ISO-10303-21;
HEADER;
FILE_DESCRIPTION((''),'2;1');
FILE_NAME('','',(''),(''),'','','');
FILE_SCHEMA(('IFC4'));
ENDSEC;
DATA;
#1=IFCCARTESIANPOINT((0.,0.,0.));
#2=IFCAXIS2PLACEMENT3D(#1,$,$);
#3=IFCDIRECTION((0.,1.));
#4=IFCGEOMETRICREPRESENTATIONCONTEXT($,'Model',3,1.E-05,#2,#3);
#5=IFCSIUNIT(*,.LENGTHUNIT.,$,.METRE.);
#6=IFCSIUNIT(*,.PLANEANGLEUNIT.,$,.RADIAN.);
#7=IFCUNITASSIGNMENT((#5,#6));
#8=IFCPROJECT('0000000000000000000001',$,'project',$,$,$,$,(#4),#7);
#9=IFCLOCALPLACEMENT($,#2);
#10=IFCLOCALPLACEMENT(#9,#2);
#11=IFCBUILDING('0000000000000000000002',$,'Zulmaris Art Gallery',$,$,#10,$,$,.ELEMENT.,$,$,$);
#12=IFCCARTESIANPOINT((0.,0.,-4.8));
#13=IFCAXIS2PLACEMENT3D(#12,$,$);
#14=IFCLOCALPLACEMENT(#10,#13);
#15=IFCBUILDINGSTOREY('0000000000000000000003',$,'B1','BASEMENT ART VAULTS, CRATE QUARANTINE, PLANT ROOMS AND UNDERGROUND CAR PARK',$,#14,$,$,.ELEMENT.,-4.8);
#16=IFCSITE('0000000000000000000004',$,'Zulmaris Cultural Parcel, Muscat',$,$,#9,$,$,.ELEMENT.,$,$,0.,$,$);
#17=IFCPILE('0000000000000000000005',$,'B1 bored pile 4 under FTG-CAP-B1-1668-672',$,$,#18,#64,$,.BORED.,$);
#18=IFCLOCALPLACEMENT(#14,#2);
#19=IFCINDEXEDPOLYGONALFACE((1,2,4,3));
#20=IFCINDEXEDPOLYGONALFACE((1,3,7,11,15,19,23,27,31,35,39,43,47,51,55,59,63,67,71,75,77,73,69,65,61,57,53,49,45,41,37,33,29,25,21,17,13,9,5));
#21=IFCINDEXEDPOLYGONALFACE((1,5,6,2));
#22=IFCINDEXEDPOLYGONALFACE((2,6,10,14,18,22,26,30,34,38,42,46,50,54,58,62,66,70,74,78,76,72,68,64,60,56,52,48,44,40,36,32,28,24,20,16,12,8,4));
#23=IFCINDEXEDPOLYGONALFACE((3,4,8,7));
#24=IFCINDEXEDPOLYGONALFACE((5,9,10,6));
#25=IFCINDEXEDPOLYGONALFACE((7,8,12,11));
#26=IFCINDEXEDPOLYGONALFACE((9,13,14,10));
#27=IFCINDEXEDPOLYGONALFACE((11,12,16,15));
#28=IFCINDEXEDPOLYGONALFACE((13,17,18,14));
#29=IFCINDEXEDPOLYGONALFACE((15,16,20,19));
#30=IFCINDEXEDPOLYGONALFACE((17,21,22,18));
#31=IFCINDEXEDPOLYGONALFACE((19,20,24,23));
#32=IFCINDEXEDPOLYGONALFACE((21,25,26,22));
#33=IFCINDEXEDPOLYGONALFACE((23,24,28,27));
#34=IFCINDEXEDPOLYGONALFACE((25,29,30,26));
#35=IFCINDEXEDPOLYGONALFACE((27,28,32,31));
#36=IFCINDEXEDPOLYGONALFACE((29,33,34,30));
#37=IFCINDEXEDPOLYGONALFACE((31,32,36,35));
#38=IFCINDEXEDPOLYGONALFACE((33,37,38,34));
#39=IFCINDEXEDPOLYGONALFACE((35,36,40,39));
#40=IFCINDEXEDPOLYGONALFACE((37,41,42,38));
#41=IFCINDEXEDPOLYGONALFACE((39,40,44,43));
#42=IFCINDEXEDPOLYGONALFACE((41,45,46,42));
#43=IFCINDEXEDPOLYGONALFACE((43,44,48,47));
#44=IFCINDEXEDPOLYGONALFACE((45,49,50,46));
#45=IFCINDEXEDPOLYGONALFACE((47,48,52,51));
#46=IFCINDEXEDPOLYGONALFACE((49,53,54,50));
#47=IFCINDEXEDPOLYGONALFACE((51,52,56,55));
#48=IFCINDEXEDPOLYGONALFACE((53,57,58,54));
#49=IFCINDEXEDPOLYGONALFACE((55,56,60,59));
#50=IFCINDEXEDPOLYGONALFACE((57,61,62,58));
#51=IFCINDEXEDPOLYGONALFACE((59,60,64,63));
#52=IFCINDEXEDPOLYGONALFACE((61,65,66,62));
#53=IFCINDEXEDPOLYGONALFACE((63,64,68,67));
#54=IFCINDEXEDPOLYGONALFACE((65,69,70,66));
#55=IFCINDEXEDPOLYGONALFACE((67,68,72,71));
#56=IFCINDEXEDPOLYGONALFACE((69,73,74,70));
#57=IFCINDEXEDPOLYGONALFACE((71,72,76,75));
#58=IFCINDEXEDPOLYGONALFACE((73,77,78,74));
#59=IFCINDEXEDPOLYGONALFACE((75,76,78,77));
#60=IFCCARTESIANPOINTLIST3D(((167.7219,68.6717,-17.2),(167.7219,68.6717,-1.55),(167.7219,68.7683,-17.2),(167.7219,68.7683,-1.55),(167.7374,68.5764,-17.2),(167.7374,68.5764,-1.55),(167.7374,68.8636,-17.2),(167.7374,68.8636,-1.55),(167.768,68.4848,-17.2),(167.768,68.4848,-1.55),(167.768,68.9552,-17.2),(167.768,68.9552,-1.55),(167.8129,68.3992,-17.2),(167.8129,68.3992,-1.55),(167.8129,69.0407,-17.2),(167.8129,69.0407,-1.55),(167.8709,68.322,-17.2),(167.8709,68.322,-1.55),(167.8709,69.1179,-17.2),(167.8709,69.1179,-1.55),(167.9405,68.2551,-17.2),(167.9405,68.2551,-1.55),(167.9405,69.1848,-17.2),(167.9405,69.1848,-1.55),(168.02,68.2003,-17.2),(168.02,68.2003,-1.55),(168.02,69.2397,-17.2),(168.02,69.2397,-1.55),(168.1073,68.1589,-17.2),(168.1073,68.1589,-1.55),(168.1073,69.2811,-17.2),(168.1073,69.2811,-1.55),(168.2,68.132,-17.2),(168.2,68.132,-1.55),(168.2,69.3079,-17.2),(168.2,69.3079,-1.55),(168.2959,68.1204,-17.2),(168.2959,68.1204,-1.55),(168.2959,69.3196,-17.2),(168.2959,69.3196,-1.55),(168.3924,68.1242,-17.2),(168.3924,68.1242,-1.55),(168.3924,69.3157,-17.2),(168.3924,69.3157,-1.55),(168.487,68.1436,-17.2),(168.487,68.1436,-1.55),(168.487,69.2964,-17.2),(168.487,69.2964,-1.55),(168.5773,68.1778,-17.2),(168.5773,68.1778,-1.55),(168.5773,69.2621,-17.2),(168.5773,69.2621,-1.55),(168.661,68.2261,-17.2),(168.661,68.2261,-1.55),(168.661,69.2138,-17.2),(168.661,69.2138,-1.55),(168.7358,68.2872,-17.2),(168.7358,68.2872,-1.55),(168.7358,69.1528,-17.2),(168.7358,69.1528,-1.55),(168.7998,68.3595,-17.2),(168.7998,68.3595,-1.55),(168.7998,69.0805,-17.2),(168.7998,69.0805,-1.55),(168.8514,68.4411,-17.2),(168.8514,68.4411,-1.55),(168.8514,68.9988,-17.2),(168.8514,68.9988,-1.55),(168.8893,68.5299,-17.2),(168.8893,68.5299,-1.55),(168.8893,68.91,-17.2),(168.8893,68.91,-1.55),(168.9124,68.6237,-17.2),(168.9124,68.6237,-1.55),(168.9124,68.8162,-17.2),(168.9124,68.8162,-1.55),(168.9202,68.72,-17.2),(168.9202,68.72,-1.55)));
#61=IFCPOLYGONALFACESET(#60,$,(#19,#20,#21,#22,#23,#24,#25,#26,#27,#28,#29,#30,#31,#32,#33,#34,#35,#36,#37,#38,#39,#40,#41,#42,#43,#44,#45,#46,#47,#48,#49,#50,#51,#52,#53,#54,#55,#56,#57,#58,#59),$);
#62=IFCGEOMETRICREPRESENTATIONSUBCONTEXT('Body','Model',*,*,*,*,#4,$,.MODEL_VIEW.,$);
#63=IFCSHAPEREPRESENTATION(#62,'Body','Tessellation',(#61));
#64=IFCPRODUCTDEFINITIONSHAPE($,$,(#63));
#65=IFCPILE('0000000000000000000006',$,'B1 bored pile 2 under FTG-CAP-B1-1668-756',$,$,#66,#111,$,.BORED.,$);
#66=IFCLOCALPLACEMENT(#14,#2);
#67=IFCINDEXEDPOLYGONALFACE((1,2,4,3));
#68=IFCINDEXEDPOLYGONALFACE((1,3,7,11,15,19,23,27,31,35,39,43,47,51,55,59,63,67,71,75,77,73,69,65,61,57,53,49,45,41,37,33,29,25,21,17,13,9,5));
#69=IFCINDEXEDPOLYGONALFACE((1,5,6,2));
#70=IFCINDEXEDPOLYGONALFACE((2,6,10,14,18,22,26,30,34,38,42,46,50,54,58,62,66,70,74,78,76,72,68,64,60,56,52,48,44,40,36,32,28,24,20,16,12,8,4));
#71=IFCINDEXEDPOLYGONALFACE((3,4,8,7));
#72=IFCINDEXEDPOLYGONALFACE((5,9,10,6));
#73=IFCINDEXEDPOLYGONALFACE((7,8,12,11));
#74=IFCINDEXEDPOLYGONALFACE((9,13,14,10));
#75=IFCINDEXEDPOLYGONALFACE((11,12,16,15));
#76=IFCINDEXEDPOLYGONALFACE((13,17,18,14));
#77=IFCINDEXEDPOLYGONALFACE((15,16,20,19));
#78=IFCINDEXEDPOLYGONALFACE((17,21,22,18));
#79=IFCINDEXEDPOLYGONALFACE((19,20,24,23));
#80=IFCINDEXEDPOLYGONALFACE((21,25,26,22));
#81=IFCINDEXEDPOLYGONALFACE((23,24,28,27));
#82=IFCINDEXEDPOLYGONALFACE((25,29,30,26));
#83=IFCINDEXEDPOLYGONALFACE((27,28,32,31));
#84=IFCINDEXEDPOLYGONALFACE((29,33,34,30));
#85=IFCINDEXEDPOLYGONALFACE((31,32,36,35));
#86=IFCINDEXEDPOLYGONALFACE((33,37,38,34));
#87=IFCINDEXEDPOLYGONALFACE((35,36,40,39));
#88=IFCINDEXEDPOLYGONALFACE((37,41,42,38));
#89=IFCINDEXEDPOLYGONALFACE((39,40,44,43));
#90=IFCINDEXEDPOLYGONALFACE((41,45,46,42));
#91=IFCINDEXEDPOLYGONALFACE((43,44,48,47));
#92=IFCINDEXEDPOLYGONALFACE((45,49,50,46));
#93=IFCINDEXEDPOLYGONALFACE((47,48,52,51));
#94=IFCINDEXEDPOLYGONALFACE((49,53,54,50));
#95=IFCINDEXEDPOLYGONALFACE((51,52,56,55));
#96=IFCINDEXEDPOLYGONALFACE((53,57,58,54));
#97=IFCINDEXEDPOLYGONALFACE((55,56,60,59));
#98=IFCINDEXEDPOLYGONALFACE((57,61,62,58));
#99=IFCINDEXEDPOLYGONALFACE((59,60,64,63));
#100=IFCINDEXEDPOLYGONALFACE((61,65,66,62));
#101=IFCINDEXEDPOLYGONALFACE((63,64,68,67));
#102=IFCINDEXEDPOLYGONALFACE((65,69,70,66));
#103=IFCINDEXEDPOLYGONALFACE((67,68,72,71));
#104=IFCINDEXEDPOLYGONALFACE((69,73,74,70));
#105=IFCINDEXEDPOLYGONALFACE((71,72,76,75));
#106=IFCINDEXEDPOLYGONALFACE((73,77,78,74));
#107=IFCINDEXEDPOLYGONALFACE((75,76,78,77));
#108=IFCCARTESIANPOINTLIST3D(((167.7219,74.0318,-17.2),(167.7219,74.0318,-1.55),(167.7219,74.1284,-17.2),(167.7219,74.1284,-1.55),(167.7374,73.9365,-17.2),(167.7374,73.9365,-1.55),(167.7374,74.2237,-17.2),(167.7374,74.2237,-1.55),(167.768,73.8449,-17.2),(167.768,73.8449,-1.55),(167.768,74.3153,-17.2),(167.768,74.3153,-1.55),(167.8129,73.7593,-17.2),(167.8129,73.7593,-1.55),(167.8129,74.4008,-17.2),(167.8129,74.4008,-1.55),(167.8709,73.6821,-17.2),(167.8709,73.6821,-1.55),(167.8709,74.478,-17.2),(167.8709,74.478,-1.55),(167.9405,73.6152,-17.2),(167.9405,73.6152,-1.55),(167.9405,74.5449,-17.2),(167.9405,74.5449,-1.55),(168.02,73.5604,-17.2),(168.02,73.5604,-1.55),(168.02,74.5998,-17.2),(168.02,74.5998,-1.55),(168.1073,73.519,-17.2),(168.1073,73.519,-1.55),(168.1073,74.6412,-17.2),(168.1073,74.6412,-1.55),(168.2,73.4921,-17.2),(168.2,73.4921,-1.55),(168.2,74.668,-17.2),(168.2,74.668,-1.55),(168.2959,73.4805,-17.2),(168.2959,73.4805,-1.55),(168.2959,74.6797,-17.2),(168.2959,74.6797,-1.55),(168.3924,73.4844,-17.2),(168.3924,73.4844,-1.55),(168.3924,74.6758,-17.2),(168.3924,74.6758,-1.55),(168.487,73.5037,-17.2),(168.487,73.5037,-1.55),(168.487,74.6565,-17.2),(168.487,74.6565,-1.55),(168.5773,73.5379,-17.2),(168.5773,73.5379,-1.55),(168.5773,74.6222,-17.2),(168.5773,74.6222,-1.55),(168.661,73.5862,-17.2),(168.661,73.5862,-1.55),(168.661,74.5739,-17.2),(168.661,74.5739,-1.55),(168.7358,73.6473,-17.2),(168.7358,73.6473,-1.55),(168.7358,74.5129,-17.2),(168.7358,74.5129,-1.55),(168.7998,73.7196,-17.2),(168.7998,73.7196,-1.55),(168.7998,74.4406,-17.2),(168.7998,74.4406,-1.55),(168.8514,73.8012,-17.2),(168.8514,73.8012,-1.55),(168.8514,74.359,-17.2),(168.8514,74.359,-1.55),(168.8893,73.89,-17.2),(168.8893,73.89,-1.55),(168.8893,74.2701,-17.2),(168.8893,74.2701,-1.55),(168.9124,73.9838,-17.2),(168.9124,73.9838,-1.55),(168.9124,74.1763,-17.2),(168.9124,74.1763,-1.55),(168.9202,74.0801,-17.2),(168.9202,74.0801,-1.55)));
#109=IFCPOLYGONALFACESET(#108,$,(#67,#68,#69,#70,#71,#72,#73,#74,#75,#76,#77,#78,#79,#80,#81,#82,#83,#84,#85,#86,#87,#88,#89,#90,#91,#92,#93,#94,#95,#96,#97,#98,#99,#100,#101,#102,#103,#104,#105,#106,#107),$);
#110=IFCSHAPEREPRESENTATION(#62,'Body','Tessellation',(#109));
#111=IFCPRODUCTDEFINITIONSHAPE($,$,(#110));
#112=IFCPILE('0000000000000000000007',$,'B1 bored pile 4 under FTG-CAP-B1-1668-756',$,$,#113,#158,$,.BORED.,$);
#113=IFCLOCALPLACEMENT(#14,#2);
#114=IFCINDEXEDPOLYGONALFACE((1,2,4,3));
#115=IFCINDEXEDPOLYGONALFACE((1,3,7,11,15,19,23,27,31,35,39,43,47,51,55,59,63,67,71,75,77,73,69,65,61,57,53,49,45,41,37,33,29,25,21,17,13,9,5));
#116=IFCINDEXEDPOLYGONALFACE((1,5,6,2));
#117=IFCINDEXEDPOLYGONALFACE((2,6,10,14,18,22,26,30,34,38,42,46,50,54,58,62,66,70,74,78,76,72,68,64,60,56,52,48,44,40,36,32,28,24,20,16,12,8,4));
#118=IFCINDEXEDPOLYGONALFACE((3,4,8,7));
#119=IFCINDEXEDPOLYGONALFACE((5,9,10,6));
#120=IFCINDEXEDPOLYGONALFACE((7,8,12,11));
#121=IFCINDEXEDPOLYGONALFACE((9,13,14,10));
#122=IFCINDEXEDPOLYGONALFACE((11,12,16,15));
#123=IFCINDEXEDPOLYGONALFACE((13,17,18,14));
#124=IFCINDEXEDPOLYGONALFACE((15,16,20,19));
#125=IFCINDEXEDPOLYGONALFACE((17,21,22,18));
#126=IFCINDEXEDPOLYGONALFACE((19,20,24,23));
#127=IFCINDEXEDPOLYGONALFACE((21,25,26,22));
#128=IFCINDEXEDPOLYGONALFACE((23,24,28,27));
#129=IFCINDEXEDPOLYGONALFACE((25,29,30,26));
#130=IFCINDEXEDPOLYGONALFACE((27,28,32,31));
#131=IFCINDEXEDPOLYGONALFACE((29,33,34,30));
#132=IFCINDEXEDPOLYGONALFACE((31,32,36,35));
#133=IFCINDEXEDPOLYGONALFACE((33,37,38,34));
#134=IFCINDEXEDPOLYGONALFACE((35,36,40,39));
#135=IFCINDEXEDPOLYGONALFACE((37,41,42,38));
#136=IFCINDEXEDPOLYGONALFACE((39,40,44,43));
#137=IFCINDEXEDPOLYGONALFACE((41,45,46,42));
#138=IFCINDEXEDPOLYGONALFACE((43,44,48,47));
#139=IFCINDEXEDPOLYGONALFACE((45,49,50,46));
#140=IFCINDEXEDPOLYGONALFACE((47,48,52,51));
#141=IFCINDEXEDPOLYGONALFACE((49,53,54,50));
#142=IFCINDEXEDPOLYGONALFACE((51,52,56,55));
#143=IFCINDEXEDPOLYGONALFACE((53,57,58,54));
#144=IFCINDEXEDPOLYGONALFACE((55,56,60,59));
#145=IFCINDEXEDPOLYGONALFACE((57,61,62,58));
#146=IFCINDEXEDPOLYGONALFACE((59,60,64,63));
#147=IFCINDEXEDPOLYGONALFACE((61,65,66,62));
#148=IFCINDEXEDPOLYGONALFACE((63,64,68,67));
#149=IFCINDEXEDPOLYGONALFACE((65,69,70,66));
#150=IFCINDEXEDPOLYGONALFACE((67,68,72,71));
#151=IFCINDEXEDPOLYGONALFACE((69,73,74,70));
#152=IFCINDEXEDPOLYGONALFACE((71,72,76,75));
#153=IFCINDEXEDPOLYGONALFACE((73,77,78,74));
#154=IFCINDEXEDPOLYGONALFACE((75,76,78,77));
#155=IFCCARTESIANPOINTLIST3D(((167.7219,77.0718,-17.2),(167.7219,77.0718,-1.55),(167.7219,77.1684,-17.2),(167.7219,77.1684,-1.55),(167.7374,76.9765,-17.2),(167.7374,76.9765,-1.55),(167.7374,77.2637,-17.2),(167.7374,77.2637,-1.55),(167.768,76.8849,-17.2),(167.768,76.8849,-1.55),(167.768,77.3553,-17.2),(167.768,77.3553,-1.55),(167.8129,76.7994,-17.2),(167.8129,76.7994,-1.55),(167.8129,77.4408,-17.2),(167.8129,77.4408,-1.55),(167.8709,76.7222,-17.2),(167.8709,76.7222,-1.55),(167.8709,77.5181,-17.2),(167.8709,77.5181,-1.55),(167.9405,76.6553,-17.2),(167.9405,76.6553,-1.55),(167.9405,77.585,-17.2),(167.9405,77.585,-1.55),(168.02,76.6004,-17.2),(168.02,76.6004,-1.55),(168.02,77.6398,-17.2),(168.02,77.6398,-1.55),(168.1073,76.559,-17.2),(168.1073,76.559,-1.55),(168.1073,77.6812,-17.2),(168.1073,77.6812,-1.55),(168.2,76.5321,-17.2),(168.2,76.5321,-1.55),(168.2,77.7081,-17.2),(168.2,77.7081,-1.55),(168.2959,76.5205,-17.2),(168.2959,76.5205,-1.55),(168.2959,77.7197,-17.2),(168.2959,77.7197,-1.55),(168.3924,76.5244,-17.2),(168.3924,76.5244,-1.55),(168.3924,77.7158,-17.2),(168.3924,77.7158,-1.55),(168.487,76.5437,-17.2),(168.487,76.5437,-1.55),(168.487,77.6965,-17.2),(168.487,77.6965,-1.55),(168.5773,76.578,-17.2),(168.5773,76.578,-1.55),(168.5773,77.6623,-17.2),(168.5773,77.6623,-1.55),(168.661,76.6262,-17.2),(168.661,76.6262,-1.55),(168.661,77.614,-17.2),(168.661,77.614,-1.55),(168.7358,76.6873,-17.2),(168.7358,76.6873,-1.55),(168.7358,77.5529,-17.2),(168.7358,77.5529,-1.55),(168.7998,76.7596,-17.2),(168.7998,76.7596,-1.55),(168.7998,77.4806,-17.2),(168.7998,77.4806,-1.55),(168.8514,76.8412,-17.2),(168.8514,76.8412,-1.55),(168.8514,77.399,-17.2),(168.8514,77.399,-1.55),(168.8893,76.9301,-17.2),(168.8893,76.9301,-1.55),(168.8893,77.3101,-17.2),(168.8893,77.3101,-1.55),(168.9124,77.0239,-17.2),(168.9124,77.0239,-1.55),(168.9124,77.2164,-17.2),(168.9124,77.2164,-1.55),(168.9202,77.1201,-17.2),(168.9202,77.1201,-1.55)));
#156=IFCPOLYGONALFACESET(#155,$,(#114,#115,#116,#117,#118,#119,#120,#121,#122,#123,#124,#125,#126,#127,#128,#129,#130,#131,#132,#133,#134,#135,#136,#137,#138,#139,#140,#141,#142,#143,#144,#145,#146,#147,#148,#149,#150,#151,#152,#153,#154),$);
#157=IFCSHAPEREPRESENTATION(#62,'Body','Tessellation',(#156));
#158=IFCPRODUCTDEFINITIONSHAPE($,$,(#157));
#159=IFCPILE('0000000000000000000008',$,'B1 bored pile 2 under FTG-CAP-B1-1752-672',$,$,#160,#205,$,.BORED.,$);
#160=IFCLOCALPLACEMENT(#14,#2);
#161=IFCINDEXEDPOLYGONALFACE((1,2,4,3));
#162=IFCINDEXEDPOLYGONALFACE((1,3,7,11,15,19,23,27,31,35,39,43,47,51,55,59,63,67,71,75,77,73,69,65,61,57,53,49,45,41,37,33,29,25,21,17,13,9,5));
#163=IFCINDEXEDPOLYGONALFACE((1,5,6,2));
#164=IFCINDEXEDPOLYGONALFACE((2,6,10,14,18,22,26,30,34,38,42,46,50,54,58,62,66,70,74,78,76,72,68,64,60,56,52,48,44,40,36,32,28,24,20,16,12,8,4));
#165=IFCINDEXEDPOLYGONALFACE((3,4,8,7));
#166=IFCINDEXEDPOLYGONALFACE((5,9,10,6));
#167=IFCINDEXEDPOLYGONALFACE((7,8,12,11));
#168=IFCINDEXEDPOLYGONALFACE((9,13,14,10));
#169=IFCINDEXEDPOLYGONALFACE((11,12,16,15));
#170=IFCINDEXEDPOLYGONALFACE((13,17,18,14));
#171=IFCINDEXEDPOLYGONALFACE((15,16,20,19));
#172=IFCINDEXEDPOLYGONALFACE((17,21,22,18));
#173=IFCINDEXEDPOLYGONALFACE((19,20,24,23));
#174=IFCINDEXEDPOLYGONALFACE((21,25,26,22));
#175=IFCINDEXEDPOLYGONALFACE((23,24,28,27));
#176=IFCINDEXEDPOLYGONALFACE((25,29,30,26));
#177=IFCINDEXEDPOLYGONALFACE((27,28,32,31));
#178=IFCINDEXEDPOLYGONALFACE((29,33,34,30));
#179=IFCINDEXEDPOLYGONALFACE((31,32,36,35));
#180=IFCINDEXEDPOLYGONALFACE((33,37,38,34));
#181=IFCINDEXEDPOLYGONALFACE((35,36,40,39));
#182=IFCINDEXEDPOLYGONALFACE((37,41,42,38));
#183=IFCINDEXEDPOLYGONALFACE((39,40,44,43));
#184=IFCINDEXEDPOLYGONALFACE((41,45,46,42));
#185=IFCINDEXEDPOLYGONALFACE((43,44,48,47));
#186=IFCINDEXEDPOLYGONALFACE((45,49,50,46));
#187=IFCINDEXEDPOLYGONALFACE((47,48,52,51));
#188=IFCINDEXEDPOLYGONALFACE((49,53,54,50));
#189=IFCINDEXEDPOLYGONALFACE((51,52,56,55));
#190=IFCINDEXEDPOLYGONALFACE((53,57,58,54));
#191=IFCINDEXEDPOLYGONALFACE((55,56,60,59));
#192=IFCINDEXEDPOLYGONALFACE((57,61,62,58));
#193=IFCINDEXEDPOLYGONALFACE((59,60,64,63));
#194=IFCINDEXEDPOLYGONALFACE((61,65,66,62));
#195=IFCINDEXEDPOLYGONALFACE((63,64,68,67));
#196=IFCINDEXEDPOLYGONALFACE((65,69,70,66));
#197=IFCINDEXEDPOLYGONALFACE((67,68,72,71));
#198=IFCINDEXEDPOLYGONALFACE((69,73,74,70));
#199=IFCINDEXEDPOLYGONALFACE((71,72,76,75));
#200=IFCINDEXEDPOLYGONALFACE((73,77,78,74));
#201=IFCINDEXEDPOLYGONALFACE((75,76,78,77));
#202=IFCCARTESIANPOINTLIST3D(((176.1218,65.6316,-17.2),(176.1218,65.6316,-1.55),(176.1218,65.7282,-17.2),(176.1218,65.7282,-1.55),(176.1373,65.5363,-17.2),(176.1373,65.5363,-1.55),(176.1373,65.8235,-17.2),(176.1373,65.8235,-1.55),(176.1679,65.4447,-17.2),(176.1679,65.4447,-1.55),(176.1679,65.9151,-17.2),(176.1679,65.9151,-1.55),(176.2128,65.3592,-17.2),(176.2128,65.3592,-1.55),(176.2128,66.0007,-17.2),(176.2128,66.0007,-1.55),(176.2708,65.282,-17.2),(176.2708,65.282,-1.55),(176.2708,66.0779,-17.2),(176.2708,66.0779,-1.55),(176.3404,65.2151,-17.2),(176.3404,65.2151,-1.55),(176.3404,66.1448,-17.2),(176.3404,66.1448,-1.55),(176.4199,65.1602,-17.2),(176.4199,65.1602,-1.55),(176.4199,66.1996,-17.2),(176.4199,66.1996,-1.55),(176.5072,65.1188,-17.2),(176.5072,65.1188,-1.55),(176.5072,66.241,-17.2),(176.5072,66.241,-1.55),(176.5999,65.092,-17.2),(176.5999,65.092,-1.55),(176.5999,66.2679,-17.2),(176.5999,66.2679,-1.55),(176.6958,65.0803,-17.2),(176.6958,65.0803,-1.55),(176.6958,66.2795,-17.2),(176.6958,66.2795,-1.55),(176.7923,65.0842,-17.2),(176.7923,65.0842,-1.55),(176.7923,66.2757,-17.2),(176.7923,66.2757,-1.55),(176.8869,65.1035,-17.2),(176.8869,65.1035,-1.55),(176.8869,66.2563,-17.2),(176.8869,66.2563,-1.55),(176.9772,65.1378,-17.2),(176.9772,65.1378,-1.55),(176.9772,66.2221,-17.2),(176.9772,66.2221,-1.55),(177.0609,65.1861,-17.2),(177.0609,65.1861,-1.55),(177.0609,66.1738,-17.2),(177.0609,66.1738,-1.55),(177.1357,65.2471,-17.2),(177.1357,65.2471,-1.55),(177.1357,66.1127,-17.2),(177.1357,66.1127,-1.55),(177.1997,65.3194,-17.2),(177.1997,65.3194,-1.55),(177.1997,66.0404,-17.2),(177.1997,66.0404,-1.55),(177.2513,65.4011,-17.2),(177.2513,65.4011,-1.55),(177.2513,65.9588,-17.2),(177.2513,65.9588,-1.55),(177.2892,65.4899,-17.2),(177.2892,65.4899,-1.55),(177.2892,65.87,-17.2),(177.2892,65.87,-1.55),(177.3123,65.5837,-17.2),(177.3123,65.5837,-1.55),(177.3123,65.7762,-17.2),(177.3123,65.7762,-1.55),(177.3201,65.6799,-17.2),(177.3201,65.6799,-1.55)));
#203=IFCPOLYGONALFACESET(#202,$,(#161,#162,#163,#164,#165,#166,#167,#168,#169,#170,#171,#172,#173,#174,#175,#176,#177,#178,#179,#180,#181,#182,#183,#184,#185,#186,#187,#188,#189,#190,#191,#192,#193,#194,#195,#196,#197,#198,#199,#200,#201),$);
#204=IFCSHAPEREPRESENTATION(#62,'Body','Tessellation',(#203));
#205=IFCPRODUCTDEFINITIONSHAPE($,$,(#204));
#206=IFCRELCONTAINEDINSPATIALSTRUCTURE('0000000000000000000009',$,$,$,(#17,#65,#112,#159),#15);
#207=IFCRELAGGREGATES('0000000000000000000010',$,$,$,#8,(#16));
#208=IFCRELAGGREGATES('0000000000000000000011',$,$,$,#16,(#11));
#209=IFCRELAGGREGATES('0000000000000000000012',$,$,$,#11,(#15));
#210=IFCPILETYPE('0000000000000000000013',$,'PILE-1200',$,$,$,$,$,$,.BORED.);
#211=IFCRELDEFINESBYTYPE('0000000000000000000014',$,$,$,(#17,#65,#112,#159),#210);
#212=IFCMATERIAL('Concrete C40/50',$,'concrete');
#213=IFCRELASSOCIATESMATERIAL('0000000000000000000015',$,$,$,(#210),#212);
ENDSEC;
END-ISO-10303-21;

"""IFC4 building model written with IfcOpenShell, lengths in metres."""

from ifc_helpers import new_model, si_unit, direction, frame, origin, origin_2d, place, context, subcontext, project, spatial, circle, extrude, material, material_profile, profile_set, type_object, element, save


model = new_model("IFC4")

# Units and contexts
model_context = context("Model", 3, precision=1e-05, world=origin(), true_north=direction((0.0, 1.0)))
body_context = subcontext(model_context, "Body", "Model", "MODEL_VIEW")
ifc_project = project(units=[si_unit("LENGTHUNIT", "METRE"), si_unit("PLANEANGLEUNIT", "RADIAN")], contexts=[model_context])

# Site, building, storey
site_placement = place(None, origin())
site = spatial("IfcSite", under=ifc_project, at=site_placement, Name="Zulmaris Cultural Parcel, Muscat", CompositionType="ELEMENT", RefElevation=0.0)
building_placement = place(site_placement, origin())
building = spatial("IfcBuilding", under=site, at=building_placement, Name="Zulmaris Art Gallery", CompositionType="ELEMENT")
storey_placement = place(building_placement, frame((0.0, 0.0, -4.8)))
storey = spatial("IfcBuildingStorey", under=building, at=storey_placement, Name="B1", Description="BASEMENT ART VAULTS, CRATE QUARANTINE, PLANT ROOMS AND UNDERGROUND CAR PARK", CompositionType="ELEMENT", Elevation=-4.8)

# Piles
ifc_material_1 = material(Name="Concrete C40/50", Category="concrete")
ifc_material_profile_1 = material_profile(ifc_material_1, circle(Radius=0.6001, at=origin_2d()), Name="PILE DIA 1200")
ifc_profile_set_1 = profile_set([ifc_material_profile_1], Name="Concrete C40/50")
pile_type = type_object("IfcPileType", Name="PILE-1200", PredefinedType="BORED", material=ifc_profile_set_1)
for number, where, z_axis, x_axis, name in (
    (1, (168.3201, 68.72, -1.55), (0.0, 0.0, -1.0), (1.0, 0.0, 0.0), "B1 bored pile 4 under FTG-CAP-B1-1668-672"),
    (2, (168.3201, 74.0801, -1.55), (0.0, 0.0, -1.0), (1.0, 0.0, 0.0), "B1 bored pile 2 under FTG-CAP-B1-1668-756"),
    (3, (168.3201, 77.1201, -1.55), (0.0, 0.0, -1.0), (1.0, 0.0, 0.0), "B1 bored pile 4 under FTG-CAP-B1-1668-756"),
    (4, (176.72, 65.6799, -1.55), (0.0, 0.0, -1.0), (1.0, 0.0, 0.0), "B1 bored pile 2 under FTG-CAP-B1-1752-672"),
):
    element("IfcPile", number, at=place(storey_placement, frame(where, z_axis=z_axis, x_axis=x_axis)), inside=storey, type_object=pile_type, Name=name, PredefinedType="BORED", context=body_context, shape_type="SweptSolid", body=[
        extrude(circle(Radius=0.6001, at=origin_2d()), origin(), (0.0, 0.0, 1.0), 15.6499),
    ])

save(model, "model.ifc")
